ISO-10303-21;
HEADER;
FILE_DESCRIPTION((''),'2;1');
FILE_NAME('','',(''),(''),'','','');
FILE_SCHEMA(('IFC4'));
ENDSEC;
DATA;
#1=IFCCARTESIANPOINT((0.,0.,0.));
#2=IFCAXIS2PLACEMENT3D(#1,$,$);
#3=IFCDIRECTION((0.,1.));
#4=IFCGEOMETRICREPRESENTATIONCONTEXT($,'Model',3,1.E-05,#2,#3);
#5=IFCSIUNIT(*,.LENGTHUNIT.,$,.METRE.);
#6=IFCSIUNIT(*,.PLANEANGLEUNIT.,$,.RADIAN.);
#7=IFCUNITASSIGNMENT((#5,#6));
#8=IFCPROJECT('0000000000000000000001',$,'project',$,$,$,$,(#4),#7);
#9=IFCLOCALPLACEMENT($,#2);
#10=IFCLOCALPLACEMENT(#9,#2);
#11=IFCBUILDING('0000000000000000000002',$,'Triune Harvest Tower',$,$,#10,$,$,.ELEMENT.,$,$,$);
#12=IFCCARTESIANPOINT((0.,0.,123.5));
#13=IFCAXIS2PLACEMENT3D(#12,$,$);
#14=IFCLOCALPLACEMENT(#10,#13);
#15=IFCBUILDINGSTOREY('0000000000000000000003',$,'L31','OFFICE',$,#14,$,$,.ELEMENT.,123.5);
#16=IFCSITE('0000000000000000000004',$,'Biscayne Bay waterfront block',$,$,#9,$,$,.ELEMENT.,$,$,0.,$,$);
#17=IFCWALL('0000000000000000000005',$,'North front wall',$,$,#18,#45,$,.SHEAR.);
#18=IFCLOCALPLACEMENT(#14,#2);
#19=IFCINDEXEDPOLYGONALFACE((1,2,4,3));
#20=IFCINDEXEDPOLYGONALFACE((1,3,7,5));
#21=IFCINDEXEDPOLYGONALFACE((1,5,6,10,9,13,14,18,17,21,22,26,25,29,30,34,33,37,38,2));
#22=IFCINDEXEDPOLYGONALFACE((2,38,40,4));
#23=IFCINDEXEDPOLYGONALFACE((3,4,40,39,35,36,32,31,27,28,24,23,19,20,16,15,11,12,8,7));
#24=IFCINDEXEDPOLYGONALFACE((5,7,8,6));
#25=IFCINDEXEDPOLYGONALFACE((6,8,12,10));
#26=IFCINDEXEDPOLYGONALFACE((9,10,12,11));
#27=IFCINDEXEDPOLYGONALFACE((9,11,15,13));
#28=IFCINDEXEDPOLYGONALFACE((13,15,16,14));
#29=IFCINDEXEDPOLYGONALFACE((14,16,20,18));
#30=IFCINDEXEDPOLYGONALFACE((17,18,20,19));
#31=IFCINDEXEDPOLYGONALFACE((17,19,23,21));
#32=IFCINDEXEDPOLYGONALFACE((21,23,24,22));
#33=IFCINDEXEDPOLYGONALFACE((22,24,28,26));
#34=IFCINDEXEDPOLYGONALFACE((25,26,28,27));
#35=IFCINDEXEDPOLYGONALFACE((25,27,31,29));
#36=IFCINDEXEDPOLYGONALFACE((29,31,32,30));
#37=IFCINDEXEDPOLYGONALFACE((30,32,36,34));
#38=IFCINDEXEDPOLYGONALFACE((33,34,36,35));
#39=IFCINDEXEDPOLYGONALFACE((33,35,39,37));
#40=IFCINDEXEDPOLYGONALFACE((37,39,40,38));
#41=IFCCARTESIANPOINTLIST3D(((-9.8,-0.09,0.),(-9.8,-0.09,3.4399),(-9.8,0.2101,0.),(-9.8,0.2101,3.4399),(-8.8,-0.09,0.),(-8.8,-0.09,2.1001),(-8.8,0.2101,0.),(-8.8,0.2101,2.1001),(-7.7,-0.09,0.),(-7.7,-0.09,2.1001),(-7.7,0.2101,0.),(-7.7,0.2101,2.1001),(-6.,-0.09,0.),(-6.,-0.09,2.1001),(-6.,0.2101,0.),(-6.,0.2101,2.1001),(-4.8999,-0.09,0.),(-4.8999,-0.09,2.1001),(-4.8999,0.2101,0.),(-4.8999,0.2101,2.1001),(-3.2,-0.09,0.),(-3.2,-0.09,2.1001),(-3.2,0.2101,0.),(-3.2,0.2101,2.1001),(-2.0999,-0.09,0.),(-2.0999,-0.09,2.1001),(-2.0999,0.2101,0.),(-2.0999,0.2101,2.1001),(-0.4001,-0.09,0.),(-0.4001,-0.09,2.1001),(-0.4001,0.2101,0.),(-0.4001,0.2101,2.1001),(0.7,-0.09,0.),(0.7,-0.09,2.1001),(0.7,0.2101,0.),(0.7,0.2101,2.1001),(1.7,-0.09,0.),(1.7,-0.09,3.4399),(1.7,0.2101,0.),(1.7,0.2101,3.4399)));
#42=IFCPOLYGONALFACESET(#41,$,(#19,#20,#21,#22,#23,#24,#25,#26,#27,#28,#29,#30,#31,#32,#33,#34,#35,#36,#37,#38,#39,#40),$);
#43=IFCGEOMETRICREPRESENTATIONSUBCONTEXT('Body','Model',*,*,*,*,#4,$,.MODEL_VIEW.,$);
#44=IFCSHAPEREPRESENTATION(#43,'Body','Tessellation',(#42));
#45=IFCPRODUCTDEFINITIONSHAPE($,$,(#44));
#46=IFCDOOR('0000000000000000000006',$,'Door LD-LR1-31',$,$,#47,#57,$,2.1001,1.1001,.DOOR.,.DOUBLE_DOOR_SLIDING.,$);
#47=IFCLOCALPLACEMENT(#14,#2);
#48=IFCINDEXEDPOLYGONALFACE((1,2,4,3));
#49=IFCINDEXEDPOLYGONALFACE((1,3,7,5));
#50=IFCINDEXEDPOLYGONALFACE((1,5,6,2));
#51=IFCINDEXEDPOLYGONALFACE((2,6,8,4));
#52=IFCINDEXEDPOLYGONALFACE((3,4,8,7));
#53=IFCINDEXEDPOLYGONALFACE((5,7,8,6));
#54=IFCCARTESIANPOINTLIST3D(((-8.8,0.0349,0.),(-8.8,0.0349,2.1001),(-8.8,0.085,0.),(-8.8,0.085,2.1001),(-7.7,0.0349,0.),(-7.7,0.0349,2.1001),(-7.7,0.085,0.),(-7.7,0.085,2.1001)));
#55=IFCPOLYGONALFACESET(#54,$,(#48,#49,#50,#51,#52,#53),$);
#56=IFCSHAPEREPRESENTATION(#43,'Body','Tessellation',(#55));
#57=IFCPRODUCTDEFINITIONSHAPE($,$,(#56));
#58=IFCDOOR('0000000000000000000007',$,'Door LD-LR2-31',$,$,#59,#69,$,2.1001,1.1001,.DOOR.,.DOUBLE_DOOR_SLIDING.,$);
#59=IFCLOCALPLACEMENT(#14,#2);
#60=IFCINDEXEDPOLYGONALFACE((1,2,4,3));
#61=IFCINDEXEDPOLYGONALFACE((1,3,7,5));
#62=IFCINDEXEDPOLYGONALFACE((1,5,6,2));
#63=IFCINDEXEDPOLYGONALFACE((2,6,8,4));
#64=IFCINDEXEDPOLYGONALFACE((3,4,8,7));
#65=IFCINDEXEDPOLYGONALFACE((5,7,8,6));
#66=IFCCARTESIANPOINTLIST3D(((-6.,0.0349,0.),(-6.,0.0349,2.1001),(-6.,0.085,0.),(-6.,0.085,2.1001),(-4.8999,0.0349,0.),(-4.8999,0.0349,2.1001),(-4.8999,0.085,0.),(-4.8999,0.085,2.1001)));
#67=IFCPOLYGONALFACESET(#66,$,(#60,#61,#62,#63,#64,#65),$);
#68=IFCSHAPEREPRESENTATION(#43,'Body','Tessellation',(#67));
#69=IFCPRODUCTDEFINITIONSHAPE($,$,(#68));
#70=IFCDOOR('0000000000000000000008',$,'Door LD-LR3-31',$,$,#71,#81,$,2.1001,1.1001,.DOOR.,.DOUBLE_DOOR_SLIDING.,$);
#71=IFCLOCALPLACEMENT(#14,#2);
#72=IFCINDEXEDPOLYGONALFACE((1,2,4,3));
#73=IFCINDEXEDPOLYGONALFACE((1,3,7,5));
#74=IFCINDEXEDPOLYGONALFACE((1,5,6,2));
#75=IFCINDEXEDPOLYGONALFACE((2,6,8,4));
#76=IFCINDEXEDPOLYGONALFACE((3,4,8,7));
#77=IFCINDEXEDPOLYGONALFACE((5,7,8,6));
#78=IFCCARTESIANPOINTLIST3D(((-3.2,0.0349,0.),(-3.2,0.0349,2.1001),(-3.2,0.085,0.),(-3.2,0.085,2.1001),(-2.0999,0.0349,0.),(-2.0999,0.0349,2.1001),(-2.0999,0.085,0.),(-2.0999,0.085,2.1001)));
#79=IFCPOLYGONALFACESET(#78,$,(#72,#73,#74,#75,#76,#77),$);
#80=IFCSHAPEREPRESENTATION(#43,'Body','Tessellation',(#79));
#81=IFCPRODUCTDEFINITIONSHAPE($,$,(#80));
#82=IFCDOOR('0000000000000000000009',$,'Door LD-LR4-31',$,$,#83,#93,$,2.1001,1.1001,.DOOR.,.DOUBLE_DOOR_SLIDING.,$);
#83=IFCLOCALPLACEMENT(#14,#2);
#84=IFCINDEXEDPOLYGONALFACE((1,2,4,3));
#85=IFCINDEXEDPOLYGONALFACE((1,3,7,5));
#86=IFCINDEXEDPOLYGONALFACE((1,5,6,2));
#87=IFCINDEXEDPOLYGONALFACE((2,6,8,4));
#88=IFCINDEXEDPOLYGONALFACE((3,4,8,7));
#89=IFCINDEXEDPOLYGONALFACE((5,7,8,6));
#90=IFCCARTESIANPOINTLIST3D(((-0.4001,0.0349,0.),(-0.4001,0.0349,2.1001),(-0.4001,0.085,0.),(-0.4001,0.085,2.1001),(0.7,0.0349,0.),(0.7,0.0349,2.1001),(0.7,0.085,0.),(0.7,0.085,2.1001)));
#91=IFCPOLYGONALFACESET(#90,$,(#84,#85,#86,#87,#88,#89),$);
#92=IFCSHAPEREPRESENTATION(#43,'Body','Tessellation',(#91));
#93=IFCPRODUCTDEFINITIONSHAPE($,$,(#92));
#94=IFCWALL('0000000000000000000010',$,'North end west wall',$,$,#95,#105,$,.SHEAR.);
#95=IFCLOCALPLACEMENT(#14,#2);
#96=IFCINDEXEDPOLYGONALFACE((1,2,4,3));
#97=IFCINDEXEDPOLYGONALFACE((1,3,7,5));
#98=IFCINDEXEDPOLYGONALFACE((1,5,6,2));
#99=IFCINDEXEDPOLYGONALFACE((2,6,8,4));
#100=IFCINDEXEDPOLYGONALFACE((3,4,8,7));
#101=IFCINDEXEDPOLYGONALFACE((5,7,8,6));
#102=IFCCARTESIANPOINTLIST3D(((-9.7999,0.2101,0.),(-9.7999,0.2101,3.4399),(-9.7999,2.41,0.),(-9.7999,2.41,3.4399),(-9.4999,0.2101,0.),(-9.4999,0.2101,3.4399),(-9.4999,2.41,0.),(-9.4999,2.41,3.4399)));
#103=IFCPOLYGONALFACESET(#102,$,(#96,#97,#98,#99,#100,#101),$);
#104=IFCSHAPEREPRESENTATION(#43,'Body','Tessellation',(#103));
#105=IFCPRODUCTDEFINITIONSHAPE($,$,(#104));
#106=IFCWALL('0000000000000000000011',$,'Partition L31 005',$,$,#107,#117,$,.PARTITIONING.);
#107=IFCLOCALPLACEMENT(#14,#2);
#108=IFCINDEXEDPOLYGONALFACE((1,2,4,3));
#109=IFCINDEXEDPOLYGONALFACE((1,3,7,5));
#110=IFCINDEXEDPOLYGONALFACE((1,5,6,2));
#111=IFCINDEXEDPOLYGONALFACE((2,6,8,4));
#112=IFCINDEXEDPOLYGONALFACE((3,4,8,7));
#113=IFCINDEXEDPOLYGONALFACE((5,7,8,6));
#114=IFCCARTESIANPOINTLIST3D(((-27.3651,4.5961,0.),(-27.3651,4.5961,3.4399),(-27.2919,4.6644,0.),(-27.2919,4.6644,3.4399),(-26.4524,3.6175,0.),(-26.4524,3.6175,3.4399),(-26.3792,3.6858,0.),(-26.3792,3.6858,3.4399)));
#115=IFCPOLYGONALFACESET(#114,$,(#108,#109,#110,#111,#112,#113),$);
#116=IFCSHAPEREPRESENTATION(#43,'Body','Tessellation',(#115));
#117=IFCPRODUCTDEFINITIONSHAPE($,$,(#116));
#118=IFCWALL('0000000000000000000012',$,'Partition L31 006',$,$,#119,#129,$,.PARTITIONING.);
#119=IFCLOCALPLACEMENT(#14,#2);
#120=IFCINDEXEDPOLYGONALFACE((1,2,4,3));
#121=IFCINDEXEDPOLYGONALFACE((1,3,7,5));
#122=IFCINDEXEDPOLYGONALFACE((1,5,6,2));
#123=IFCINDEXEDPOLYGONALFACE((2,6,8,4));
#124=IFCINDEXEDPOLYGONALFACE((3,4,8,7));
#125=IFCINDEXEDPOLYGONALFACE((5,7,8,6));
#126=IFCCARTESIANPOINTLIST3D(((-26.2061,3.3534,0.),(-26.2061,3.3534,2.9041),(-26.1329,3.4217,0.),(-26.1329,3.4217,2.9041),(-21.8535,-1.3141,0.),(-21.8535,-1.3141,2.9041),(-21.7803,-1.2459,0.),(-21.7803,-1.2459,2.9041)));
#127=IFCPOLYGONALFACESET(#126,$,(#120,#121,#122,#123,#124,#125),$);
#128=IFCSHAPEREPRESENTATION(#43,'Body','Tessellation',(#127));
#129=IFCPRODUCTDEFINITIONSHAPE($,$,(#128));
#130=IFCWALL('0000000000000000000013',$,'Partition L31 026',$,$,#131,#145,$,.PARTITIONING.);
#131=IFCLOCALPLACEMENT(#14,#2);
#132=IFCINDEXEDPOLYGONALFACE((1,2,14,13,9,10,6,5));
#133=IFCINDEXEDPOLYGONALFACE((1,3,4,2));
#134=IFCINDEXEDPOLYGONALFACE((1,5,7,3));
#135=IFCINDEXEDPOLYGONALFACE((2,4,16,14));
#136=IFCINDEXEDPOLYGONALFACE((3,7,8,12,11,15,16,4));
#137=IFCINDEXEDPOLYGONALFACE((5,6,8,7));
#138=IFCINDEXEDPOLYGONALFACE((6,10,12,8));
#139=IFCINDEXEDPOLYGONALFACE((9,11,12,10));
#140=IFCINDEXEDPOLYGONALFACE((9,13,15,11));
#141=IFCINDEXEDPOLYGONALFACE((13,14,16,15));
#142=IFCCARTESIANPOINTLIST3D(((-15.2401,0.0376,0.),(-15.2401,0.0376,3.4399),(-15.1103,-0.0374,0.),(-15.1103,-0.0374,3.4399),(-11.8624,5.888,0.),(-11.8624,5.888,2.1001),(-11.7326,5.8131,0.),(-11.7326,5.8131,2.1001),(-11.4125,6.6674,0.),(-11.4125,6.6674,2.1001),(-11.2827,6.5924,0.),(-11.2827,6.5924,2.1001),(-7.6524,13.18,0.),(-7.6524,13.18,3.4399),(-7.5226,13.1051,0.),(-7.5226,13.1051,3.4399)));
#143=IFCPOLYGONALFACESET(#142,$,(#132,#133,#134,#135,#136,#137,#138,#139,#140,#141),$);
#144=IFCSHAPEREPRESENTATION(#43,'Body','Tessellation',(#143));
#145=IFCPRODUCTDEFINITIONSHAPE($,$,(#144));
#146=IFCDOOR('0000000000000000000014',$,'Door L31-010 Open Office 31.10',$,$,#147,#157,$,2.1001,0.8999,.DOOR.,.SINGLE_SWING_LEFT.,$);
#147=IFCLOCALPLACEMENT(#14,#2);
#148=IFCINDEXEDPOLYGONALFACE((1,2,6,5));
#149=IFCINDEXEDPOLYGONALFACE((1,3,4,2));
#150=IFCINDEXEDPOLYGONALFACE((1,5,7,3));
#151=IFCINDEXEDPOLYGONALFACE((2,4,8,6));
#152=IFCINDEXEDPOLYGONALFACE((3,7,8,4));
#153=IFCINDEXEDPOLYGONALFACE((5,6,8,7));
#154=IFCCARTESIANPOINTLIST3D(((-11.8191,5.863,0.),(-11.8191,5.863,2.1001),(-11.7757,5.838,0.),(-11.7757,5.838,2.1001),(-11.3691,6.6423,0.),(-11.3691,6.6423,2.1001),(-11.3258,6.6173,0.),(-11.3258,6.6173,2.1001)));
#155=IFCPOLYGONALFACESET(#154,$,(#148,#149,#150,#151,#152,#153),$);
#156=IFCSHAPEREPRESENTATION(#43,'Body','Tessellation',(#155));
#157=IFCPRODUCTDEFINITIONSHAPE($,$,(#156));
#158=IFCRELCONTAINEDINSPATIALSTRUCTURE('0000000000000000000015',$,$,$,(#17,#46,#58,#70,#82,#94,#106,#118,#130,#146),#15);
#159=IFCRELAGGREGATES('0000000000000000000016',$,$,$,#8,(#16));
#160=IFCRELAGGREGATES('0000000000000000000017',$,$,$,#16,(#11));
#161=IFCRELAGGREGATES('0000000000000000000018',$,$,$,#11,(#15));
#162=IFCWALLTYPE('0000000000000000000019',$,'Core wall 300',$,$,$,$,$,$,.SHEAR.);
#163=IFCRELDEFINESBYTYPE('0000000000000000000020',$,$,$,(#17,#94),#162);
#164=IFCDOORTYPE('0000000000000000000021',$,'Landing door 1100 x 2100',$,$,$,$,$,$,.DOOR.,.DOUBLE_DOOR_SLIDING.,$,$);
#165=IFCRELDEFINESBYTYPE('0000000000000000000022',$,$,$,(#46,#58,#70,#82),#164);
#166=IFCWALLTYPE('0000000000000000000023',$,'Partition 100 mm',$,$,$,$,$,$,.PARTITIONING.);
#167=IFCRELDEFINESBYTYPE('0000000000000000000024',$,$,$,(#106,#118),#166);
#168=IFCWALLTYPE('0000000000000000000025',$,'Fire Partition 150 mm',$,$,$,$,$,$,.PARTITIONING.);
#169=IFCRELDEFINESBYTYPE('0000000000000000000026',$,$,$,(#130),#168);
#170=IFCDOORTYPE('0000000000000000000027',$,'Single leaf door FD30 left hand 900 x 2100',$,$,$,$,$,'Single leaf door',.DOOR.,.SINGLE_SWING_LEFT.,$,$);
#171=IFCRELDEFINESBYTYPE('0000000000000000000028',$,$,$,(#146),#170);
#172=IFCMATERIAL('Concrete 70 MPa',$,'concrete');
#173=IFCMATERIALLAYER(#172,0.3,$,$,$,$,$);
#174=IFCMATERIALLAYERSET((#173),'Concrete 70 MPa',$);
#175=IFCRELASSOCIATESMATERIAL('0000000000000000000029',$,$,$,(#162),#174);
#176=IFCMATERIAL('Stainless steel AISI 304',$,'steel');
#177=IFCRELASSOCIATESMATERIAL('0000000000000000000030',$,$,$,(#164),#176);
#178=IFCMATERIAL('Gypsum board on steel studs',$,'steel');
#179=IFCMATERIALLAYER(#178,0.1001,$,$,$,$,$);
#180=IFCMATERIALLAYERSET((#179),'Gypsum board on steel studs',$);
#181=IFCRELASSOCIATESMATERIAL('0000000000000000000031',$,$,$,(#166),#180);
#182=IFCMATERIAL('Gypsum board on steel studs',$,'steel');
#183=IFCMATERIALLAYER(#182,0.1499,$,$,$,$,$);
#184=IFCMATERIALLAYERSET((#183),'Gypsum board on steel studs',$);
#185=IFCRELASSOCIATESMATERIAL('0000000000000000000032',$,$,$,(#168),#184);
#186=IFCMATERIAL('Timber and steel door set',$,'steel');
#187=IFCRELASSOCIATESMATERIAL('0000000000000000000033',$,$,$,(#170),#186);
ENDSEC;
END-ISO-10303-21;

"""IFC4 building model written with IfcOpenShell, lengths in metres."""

from ifc_helpers import new_model, si_unit, direction, frame, frame_2d, origin, place, context, subcontext, project, spatial, rectangle, extrude, source, transform, mapped, material, layer, layer_set, type_object, element, fill, save


model = new_model("IFC4")

# Units and contexts
model_context = context("Model", 3, precision=1e-05, world=origin(), true_north=direction((0.0, 1.0)))
body_context = subcontext(model_context, "Body", "Model", "MODEL_VIEW")
ifc_project = project(units=[si_unit("LENGTHUNIT", "METRE"), si_unit("PLANEANGLEUNIT", "RADIAN")], contexts=[model_context])

# Site, building, storey
site_placement = place(None, origin())
site = spatial("IfcSite", under=ifc_project, at=site_placement, Name="Biscayne Bay waterfront block", CompositionType="ELEMENT", RefElevation=0.0)
building_placement = place(site_placement, origin())
building = spatial("IfcBuilding", under=site, at=building_placement, Name="Triune Harvest Tower", CompositionType="ELEMENT")
storey_placement = place(building_placement, frame((0.0, 0.0, 123.5)))
storey = spatial("IfcBuildingStorey", under=building, at=storey_placement, Name="L31", Description="OFFICE", CompositionType="ELEMENT", Elevation=123.5)

# Wall, openings, doors
ifc_material_1 = material(Name="Concrete 70 MPa", Category="concrete")
ifc_layer_1 = layer(ifc_material_1, 0.3)
ifc_layer_set_1 = layer_set([ifc_layer_1], Name="Concrete 70 MPa")
wall_type_1 = type_object("IfcWallType", Name="Core wall 300", PredefinedType="SHEAR", material=ifc_layer_set_1)
shared_shape_1 = source(origin(), body_context, "Body", "SweptSolid", [
    extrude(rectangle(XDim=11.5, YDim=0.3, at=frame_2d((5.75, 0.0))), origin(), (0.0, 0.0, 1.0), 3.4399),
])
wall_1_placement = place(storey_placement, frame((-9.8, 0.0601, 0.0), z_axis=(0.0, 0.0, 1.0), x_axis=(1.0, 0.0, 0.0)))
wall_1 = element("IfcWall", 1, at=wall_1_placement, inside=storey, type_object=wall_type_1, Name="North front wall", PredefinedType="SHEAR", context=body_context, shape_type="MappedRepresentation", body=[
    mapped(shared_shape_1, transform((0.0, 0.0, 0.0), scale=1.0)),
])
opening_1_placement = place(wall_1_placement, frame((1.0, 0.0, 0.0)))
opening_1 = element("IfcOpeningElement", 2, at=opening_1_placement, cuts=wall_1, PredefinedType="OPENING", context=body_context, shape_type="SweptSolid", body=[
    extrude(rectangle(XDim=1.1001, YDim=2.1001, at=frame_2d((0.55, 1.05))), frame((0.0, 0.1602, 0.0), z_axis=(0.0, -1.0, 0.0), x_axis=(1.0, 0.0, 0.0)), (0.0, 0.0, 1.0), 0.3201),
])
opening_2_placement = place(wall_1_placement, frame((3.8, 0.0, 0.0)))
opening_2 = element("IfcOpeningElement", 3, at=opening_2_placement, cuts=wall_1, PredefinedType="OPENING", context=body_context, shape_type="SweptSolid", body=[
    extrude(rectangle(XDim=1.1001, YDim=2.1001, at=frame_2d((0.55, 1.05))), frame((0.0, 0.1602, 0.0), z_axis=(0.0, -1.0, 0.0), x_axis=(1.0, 0.0, 0.0)), (0.0, 0.0, 1.0), 0.3201),
])
opening_3_placement = place(wall_1_placement, frame((6.6001, 0.0, 0.0)))
opening_3 = element("IfcOpeningElement", 4, at=opening_3_placement, cuts=wall_1, PredefinedType="OPENING", context=body_context, shape_type="SweptSolid", body=[
    extrude(rectangle(XDim=1.1001, YDim=2.1001, at=frame_2d((0.55, 1.05))), frame((0.0, 0.1602, 0.0), z_axis=(0.0, -1.0, 0.0), x_axis=(1.0, 0.0, 0.0)), (0.0, 0.0, 1.0), 0.3201),
])
opening_4_placement = place(wall_1_placement, frame((9.3999, 0.0, 0.0)))
opening_4 = element("IfcOpeningElement", 5, at=opening_4_placement, cuts=wall_1, PredefinedType="OPENING", context=body_context, shape_type="SweptSolid", body=[
    extrude(rectangle(XDim=1.1001, YDim=2.1001, at=frame_2d((0.55, 1.05))), frame((0.0, 0.1602, 0.0), z_axis=(0.0, -1.0, 0.0), x_axis=(1.0, 0.0, 0.0)), (0.0, 0.0, 1.0), 0.3201),
])
ifc_material_2 = material(Name="Stainless steel AISI 304", Category="steel")
door_type_1 = type_object("IfcDoorType", Name="Landing door 1100 x 2100", OperationType="DOUBLE_DOOR_SLIDING", PredefinedType="DOOR", material=ifc_material_2)
door_1_placement = place(opening_1_placement, origin())
door_1 = element("IfcDoor", 6, at=door_1_placement, inside=storey, type_object=door_type_1, Name="Door LD-LR1-31", OperationType="DOUBLE_DOOR_SLIDING", OverallHeight=2.1001, OverallWidth=1.1001, PredefinedType="DOOR", context=body_context, shape_type="SweptSolid", body=[
    extrude(rectangle(XDim=1.1001, YDim=2.1001, at=frame_2d((0.55, 1.05))), frame((0.0, 0.0249, 0.0), z_axis=(0.0, -1.0, 0.0), x_axis=(1.0, 0.0, 0.0)), (0.0, 0.0, 1.0), 0.05),
])
fill(opening_1, door_1)
door_2_placement = place(opening_2_placement, origin())
door_2 = element("IfcDoor", 7, at=door_2_placement, inside=storey, type_object=door_type_1, Name="Door LD-LR2-31", OperationType="DOUBLE_DOOR_SLIDING", OverallHeight=2.1001, OverallWidth=1.1001, PredefinedType="DOOR", context=body_context, shape_type="SweptSolid", body=[
    extrude(rectangle(XDim=1.1001, YDim=2.1001, at=frame_2d((0.55, 1.05))), frame((0.0, 0.0249, 0.0), z_axis=(0.0, -1.0, 0.0), x_axis=(1.0, 0.0, 0.0)), (0.0, 0.0, 1.0), 0.05),
])
fill(opening_2, door_2)
door_3_placement = place(opening_3_placement, origin())
door_3 = element("IfcDoor", 8, at=door_3_placement, inside=storey, type_object=door_type_1, Name="Door LD-LR3-31", OperationType="DOUBLE_DOOR_SLIDING", OverallHeight=2.1001, OverallWidth=1.1001, PredefinedType="DOOR", context=body_context, shape_type="SweptSolid", body=[
    extrude(rectangle(XDim=1.1001, YDim=2.1001, at=frame_2d((0.55, 1.05))), frame((0.0, 0.0249, 0.0), z_axis=(0.0, -1.0, 0.0), x_axis=(1.0, 0.0, 0.0)), (0.0, 0.0, 1.0), 0.05),
])
fill(opening_3, door_3)
door_4_placement = place(opening_4_placement, origin())
door_4 = element("IfcDoor", 9, at=door_4_placement, inside=storey, type_object=door_type_1, Name="Door LD-LR4-31", OperationType="DOUBLE_DOOR_SLIDING", OverallHeight=2.1001, OverallWidth=1.1001, PredefinedType="DOOR", context=body_context, shape_type="SweptSolid", body=[
    extrude(rectangle(XDim=1.1001, YDim=2.1001, at=frame_2d((0.55, 1.05))), frame((0.0, 0.0249, 0.0), z_axis=(0.0, -1.0, 0.0), x_axis=(1.0, 0.0, 0.0)), (0.0, 0.0, 1.0), 0.05),
])
fill(opening_4, door_4)

# Walls
shared_shape_2 = source(origin(), body_context, "Body", "SweptSolid", [
    extrude(rectangle(XDim=2.2, YDim=0.3, at=frame_2d((1.1001, 0.0))), origin(), (0.0, 0.0, 1.0), 3.4399),
])
wall_2_placement = place(storey_placement, frame((-9.6499, 0.21, 0.0), z_axis=(0.0, 0.0, 1.0), x_axis=(0.0, 1.0, 0.0)))
element("IfcWall", 10, at=wall_2_placement, inside=storey, type_object=wall_type_1, Name="North end west wall", PredefinedType="SHEAR", context=body_context, shape_type="MappedRepresentation", body=[
    mapped(shared_shape_2, transform((0.0, 0.0, 0.0), scale=1.0)),
])
ifc_material_3 = material(Name="Gypsum board on steel studs", Category="steel")
ifc_layer_2 = layer(ifc_material_3, 0.1001)
ifc_layer_set_2 = layer_set([ifc_layer_2], Name="Gypsum board on steel studs")
wall_type_2 = type_object("IfcWallType", Name="Partition 100 mm", PredefinedType="PARTITIONING", material=ifc_layer_set_2)
shared_shape_3 = source(origin(), body_context, "Body", "SweptSolid", [
    extrude(rectangle(XDim=1.3381, YDim=0.1001, at=frame_2d((0.6689, 0.0))), origin(), (0.0, 0.0, 1.0), 3.4399),
])
wall_3_placement = place(storey_placement, frame((-27.3284, 4.6301, 0.0), z_axis=(0.0, 0.0, 1.0), x_axis=(0.682045, -0.73131, 0.0)))
element("IfcWall", 11, at=wall_3_placement, inside=storey, type_object=wall_type_2, Name="Partition L31 005", PredefinedType="PARTITIONING", context=body_context, shape_type="MappedRepresentation", body=[
    mapped(shared_shape_3, transform((0.0, 0.0, 0.0), scale=1.0)),
])
shared_shape_4 = source(origin(), body_context, "Body", "SweptSolid", [
    extrude(rectangle(XDim=6.3821, YDim=0.1001, at=frame_2d((3.1909, 0.0))), origin(), (0.0, 0.0, 1.0), 2.9041),
])
wall_4_placement = place(storey_placement, frame((-26.1694, 3.3875, 0.0), z_axis=(0.0, 0.0, 1.0), x_axis=(0.682002, -0.73135, 0.0)))
element("IfcWall", 12, at=wall_4_placement, inside=storey, type_object=wall_type_2, Name="Partition L31 006", PredefinedType="PARTITIONING", context=body_context, shape_type="MappedRepresentation", body=[
    mapped(shared_shape_4, transform((0.0, 0.0, 0.0), scale=1.0)),
])

# Wall, opening, door
ifc_material_4 = material(Name="Gypsum board on steel studs", Category="steel")
ifc_layer_3 = layer(ifc_material_4, 0.1499)
ifc_layer_set_3 = layer_set([ifc_layer_3], Name="Gypsum board on steel studs")
wall_type_3 = type_object("IfcWallType", Name="Fire Partition 150 mm", PredefinedType="PARTITIONING", material=ifc_layer_set_3)
shared_shape_5 = source(origin(), body_context, "Body", "SweptSolid", [
    extrude(rectangle(XDim=15.1755, YDim=0.1499, at=frame_2d((7.5879, 0.0))), origin(), (0.0, 0.0, 1.0), 3.4399),
])
wall_5_placement = place(storey_placement, frame((-15.1753, 0.0, 0.0), z_axis=(0.0, 0.0, 1.0), x_axis=(0.499996, 0.866028, 0.0)))
wall_5 = element("IfcWall", 13, at=wall_5_placement, inside=storey, type_object=wall_type_3, Name="Partition L31 026", PredefinedType="PARTITIONING", context=body_context, shape_type="MappedRepresentation", body=[
    mapped(shared_shape_5, transform((0.0, 0.0, 0.0), scale=1.0)),
])
opening_5_placement = place(wall_5_placement, frame((6.7556, 0.0, 0.0)))
opening_5 = element("IfcOpeningElement", 14, at=opening_5_placement, cuts=wall_5, PredefinedType="OPENING", context=body_context, shape_type="SweptSolid", body=[
    extrude(rectangle(XDim=0.8999, YDim=2.1001, at=frame_2d((0.45, 1.05))), frame((0.0, 0.085, 0.0), z_axis=(0.0, -1.0, 0.0), x_axis=(1.0, 0.0, 0.0)), (0.0, 0.0, 1.0), 0.1699),
])
ifc_material_5 = material(Name="Timber and steel door set", Category="steel")
door_type_2 = type_object("IfcDoorType", Name="Single leaf door FD30 left hand 900 x 2100", ElementType="Single leaf door", OperationType="SINGLE_SWING_LEFT", PredefinedType="DOOR", material=ifc_material_5)
door_5_placement = place(opening_5_placement, origin())
door_5 = element("IfcDoor", 15, at=door_5_placement, inside=storey, type_object=door_type_2, Name="Door L31-010 Open Office 31.10", OperationType="SINGLE_SWING_LEFT", OverallHeight=2.1001, OverallWidth=0.8999, PredefinedType="DOOR", context=body_context, shape_type="SweptSolid", body=[
    extrude(rectangle(XDim=0.8999, YDim=2.1001, at=frame_2d((0.45, 1.05))), frame((0.0, 0.0249, 0.0), z_axis=(0.0, -1.0, 0.0), x_axis=(1.0, 0.0, 0.0)), (0.0, 0.0, 1.0), 0.05),
])
fill(opening_5, door_5)

save(model, "model.ifc")
